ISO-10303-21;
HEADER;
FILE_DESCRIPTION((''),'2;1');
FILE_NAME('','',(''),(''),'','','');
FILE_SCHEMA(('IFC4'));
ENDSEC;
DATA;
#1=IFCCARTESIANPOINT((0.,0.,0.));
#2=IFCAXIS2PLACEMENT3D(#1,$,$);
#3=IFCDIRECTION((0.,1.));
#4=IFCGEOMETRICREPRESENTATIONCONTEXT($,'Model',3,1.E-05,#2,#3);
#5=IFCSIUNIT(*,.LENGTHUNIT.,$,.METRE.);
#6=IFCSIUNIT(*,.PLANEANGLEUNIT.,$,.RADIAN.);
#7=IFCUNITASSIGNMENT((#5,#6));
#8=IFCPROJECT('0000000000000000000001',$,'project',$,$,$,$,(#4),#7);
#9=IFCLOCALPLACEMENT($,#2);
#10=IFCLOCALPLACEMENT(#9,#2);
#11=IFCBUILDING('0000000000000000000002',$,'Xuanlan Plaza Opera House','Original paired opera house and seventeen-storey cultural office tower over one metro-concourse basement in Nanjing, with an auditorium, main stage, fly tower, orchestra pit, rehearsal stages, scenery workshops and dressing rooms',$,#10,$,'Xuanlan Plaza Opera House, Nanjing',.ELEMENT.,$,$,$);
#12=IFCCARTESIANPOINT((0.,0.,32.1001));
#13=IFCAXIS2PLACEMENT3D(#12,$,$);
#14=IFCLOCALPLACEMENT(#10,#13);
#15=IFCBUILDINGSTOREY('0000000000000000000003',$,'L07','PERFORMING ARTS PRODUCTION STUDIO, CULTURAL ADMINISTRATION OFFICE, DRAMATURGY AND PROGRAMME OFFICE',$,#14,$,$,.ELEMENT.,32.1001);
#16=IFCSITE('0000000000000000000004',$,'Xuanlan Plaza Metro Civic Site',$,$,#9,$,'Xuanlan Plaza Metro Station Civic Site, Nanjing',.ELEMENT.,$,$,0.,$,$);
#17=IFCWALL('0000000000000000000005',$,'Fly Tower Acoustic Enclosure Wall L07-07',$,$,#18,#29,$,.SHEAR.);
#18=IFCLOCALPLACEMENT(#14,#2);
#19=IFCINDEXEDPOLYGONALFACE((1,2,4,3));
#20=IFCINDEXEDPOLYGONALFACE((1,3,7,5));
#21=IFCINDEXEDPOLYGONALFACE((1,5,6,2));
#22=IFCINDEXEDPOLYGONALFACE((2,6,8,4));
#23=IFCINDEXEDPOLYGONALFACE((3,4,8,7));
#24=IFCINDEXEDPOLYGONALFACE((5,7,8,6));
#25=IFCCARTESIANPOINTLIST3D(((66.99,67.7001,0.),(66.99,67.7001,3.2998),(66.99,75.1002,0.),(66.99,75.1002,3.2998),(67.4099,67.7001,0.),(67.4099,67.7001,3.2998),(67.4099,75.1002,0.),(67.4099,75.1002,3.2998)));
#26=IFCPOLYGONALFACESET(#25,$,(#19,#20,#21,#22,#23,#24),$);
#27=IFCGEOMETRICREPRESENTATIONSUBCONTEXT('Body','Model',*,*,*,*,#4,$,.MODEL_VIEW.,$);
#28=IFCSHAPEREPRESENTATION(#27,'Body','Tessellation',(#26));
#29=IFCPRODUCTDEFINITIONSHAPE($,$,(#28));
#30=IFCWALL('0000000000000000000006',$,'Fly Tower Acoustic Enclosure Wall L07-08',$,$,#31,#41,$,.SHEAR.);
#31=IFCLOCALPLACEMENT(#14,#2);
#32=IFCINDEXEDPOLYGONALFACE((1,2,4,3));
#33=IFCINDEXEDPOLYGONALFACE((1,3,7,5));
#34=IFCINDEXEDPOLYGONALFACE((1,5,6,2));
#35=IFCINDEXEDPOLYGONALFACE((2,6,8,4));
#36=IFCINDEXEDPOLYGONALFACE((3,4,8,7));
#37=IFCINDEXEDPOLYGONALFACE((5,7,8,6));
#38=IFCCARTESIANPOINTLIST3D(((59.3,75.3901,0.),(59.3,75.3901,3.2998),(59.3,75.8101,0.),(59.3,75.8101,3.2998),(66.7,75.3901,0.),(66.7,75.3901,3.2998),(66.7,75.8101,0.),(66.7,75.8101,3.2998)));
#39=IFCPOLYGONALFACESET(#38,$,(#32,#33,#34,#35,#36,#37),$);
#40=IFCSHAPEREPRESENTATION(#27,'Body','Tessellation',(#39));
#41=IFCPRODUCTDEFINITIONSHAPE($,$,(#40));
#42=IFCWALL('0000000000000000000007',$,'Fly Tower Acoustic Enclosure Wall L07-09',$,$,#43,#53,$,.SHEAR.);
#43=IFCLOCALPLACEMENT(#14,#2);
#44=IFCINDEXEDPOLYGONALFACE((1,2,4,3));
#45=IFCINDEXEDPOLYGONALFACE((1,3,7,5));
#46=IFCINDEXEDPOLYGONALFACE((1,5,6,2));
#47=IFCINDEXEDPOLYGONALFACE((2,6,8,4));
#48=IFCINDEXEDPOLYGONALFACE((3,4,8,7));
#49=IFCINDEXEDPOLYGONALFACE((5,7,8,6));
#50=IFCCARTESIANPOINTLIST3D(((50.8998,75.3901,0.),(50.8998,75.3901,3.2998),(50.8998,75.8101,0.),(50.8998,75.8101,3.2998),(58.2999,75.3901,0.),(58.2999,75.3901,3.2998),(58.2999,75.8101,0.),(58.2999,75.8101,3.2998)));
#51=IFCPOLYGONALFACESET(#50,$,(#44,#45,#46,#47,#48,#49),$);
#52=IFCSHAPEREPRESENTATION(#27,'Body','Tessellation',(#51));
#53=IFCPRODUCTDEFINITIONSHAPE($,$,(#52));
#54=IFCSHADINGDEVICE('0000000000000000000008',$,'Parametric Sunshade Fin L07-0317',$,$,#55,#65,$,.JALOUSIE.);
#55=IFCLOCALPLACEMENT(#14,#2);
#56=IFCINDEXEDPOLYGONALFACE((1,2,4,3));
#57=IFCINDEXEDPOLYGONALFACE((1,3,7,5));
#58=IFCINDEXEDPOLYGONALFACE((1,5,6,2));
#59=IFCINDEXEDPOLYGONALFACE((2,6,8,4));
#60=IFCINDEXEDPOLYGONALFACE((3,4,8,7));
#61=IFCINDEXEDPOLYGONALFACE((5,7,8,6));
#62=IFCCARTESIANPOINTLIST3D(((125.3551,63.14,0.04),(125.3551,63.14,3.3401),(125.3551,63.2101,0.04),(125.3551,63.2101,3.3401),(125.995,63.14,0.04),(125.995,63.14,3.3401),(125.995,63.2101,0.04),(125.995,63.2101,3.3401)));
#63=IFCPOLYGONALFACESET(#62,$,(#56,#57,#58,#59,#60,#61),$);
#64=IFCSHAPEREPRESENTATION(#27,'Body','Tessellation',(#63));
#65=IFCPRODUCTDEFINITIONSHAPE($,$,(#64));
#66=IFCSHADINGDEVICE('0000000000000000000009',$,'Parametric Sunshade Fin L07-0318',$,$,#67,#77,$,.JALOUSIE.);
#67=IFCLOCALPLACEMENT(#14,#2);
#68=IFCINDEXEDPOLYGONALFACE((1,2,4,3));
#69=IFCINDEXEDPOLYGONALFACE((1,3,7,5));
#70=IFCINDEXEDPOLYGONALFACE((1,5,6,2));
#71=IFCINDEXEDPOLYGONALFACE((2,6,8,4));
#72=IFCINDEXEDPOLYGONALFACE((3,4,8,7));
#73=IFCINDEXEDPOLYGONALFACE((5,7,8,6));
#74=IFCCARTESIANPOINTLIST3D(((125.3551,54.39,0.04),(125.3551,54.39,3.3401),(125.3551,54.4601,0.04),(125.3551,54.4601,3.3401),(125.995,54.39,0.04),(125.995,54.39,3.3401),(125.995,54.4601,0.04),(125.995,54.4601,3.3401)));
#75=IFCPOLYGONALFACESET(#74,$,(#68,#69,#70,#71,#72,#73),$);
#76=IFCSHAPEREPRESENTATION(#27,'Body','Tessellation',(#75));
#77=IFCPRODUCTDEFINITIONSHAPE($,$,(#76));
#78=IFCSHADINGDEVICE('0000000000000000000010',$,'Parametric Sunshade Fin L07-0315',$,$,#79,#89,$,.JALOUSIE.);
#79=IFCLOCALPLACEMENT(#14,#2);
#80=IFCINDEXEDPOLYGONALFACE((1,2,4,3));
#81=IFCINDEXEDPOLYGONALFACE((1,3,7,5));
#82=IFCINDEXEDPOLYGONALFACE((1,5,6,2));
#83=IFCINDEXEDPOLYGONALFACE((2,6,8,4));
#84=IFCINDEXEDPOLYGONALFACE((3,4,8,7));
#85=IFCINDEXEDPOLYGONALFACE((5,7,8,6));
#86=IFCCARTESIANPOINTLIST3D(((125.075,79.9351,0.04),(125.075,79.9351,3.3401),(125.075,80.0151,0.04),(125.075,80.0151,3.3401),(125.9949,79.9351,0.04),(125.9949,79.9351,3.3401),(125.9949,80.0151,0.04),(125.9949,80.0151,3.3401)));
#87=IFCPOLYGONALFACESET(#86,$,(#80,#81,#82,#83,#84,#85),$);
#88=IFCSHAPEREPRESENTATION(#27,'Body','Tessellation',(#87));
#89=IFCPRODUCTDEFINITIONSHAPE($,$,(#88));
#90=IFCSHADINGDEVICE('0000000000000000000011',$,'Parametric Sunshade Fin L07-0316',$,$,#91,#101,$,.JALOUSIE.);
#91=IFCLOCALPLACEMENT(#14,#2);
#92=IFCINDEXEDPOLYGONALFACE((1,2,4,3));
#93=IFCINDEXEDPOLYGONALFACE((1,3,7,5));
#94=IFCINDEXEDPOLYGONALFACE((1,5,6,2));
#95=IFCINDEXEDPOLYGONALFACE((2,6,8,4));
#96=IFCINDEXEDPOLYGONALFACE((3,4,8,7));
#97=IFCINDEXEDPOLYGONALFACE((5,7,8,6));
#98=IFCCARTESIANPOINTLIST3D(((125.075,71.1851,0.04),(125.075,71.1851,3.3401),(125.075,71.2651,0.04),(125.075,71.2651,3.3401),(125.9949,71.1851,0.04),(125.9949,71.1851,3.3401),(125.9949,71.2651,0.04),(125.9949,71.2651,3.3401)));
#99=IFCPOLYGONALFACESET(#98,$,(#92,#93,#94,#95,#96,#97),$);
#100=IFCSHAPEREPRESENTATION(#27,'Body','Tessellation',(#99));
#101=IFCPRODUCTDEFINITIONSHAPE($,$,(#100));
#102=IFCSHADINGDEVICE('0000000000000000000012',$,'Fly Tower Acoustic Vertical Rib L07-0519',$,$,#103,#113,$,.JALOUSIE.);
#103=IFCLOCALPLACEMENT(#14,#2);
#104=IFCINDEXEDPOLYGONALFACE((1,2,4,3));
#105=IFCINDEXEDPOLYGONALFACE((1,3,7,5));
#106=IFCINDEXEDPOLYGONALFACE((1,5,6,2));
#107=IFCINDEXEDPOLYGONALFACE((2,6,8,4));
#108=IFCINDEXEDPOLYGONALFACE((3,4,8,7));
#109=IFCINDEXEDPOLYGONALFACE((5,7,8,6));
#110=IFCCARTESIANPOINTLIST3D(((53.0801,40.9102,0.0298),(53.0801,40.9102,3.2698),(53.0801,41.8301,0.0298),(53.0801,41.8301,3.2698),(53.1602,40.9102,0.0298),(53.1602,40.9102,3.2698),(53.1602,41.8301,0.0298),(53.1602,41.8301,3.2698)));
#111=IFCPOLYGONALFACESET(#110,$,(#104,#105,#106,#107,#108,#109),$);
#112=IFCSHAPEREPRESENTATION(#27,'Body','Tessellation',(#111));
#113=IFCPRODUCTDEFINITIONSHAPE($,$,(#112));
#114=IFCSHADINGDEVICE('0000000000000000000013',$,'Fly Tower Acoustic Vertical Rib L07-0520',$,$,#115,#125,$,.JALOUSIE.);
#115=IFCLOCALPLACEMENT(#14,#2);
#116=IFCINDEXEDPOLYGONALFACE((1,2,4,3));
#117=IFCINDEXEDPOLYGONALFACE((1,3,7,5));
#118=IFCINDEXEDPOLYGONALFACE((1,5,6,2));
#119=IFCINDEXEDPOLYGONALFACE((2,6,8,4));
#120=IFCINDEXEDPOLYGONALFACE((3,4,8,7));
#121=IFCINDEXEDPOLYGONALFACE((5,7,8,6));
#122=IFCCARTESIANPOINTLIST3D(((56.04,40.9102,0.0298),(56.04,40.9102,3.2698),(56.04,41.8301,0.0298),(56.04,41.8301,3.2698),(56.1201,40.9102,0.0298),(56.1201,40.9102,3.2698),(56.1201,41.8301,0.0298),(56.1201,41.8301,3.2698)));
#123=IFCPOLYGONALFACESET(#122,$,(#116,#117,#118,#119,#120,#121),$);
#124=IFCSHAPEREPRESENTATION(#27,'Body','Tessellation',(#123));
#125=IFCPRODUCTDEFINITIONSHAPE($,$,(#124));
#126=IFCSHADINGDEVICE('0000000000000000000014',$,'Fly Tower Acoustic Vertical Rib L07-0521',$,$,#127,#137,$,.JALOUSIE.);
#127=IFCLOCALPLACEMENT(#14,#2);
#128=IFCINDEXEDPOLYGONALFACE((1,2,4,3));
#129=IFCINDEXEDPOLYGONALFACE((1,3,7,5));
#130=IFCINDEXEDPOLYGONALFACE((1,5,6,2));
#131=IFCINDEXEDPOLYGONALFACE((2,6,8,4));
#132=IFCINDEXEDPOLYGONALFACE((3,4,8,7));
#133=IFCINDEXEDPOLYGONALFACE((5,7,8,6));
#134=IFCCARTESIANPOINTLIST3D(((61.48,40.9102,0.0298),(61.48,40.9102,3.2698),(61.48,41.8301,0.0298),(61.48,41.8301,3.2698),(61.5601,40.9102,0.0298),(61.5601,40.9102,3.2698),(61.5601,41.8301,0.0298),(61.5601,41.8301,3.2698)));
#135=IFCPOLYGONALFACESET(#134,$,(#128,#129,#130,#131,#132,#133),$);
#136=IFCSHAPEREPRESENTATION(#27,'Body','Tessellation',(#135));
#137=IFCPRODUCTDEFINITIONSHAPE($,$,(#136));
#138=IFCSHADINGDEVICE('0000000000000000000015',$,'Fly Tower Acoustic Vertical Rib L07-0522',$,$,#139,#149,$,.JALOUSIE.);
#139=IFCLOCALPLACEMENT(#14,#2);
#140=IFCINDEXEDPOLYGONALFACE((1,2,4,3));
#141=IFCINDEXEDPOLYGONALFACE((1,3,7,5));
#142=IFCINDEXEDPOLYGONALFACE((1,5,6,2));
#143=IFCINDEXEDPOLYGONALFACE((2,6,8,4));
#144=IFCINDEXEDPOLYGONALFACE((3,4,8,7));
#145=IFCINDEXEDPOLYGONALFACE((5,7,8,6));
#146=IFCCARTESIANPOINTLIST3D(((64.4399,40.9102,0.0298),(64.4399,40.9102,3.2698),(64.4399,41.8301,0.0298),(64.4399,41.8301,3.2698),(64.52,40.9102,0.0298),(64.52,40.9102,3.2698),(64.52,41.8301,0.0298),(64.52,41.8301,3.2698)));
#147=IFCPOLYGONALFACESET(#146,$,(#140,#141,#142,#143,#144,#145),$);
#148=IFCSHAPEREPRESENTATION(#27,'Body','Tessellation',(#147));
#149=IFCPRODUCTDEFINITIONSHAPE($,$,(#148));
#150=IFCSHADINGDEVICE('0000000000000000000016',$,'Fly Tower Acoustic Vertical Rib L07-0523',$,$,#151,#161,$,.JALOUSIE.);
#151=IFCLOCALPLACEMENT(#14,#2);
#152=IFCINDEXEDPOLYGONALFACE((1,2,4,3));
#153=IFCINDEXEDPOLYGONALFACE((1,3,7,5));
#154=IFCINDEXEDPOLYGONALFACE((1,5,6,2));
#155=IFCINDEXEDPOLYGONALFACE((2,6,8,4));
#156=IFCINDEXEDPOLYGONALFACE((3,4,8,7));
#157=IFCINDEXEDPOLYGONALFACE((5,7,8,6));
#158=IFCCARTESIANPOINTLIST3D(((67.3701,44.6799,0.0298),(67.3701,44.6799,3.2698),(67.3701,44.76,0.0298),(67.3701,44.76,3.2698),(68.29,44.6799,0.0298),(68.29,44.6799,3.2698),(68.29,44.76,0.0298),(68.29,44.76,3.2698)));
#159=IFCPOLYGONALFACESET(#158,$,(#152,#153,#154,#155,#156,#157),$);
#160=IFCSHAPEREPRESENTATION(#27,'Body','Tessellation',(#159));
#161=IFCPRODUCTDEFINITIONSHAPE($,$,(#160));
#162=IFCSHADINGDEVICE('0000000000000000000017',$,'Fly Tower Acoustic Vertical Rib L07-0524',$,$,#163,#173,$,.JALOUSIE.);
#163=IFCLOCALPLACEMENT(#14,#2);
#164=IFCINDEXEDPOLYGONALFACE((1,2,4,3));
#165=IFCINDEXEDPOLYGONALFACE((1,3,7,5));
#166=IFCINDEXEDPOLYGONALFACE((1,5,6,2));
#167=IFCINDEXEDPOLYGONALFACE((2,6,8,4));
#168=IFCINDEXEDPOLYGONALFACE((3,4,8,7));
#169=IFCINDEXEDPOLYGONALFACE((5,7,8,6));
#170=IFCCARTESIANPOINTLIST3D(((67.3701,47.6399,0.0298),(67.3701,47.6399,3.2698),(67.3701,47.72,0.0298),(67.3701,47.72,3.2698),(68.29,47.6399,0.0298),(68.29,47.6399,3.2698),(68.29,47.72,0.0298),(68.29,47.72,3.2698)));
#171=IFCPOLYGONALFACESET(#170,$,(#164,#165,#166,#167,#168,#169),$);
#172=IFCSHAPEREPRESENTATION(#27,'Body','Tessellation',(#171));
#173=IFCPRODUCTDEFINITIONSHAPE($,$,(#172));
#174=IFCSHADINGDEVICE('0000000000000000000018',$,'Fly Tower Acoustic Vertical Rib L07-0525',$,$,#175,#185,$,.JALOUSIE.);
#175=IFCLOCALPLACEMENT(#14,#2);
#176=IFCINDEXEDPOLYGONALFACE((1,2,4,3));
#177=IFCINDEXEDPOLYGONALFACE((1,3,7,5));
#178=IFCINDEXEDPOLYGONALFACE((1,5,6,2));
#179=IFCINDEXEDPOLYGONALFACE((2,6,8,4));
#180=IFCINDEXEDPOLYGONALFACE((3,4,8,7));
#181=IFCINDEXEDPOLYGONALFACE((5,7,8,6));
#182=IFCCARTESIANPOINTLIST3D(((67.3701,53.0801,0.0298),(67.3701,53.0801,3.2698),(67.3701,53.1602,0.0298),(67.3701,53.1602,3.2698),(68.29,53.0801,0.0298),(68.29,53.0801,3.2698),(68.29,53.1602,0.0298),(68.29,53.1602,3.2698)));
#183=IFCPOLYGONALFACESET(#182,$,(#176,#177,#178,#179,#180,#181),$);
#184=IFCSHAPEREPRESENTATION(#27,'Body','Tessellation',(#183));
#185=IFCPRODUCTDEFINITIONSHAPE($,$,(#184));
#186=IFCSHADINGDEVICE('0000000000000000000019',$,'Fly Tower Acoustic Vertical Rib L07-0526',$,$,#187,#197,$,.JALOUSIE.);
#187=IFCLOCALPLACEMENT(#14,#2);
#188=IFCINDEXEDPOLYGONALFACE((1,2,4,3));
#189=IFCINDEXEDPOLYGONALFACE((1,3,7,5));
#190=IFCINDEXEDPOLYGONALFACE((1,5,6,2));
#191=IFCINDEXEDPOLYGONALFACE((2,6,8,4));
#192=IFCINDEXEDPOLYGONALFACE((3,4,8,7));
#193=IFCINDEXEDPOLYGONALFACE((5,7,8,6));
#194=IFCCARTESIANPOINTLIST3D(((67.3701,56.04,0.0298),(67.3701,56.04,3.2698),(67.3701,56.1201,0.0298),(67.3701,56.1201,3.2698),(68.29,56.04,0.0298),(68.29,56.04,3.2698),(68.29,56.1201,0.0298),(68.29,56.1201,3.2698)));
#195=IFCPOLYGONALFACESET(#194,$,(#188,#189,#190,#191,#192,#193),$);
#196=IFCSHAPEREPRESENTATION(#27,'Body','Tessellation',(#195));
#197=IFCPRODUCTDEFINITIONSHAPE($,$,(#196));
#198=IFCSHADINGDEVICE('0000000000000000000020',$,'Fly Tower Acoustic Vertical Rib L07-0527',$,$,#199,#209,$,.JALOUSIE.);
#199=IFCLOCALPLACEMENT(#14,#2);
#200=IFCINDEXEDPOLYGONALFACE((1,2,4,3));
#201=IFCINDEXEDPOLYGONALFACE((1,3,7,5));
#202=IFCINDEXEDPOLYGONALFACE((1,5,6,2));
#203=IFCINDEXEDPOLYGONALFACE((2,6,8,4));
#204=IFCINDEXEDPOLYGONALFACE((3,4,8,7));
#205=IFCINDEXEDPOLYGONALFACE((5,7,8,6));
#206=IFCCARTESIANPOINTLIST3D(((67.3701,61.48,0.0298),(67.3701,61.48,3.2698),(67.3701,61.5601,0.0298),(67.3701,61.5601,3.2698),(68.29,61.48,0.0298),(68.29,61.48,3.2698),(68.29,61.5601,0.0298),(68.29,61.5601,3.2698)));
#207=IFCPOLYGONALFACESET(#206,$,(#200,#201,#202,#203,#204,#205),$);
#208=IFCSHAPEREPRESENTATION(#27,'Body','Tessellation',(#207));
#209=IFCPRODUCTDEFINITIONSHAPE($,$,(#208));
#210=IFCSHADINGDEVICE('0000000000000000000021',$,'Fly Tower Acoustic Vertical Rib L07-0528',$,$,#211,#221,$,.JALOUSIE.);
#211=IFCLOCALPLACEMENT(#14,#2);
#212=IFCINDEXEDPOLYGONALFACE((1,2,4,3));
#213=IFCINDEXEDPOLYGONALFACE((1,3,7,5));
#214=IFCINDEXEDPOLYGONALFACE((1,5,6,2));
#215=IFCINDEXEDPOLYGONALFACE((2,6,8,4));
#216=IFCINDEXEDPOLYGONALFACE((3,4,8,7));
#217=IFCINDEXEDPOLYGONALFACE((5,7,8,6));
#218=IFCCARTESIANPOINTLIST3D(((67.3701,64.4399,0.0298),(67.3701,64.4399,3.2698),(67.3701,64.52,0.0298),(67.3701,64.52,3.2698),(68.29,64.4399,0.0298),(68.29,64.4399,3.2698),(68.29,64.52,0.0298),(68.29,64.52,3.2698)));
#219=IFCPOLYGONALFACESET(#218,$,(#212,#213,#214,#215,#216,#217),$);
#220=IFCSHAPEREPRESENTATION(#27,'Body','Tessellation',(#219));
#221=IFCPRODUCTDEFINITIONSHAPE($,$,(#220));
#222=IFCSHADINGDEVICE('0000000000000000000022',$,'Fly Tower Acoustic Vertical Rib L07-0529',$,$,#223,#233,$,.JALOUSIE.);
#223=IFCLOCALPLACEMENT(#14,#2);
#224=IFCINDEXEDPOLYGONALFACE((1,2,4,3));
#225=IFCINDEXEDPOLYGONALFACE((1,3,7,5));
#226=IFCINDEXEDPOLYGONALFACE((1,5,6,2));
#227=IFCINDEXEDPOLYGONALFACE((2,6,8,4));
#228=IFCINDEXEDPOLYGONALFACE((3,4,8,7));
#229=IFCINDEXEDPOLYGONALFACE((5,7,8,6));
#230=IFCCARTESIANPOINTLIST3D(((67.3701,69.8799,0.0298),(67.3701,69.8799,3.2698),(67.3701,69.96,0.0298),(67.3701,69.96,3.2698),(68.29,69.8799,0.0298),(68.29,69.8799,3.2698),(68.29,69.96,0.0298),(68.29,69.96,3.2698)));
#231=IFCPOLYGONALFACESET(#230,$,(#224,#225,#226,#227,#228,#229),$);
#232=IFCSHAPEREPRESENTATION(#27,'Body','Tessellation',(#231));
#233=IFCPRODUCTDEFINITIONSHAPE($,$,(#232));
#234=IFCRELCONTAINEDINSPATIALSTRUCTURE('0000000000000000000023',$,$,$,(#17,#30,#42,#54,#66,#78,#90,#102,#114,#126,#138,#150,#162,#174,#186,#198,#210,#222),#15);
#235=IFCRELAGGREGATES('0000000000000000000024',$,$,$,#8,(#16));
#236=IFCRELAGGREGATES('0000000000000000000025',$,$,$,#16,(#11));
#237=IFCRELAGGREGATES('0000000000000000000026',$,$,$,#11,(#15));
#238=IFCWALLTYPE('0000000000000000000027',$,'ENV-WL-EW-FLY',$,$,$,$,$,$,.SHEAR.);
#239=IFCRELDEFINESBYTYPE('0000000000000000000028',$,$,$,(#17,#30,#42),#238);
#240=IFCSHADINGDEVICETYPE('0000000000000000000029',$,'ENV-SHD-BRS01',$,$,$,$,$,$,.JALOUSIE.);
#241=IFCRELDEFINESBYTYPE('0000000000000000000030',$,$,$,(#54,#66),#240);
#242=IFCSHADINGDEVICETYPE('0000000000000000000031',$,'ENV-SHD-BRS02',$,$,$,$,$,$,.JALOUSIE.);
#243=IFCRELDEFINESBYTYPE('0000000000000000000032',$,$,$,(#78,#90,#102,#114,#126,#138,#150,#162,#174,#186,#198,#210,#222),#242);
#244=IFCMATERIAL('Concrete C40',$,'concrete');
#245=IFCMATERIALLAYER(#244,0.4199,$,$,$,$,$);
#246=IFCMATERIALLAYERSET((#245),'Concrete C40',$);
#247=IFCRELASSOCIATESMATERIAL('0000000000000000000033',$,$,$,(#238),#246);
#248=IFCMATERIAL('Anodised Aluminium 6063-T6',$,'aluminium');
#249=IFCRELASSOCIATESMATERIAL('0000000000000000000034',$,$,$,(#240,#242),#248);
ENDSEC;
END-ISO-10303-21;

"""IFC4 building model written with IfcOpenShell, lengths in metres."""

from ifc_helpers import new_model, si_unit, direction, frame, frame_2d, origin, origin_2d, place, context, subcontext, project, spatial, rectangle, extrude, material, layer, layer_set, type_object, element, save


model = new_model("IFC4")

# Units and contexts
model_context = context("Model", 3, precision=1e-05, world=origin(), true_north=direction((0.0, 1.0)))
body_context = subcontext(model_context, "Body", "Model", "MODEL_VIEW")
ifc_project = project(units=[si_unit("LENGTHUNIT", "METRE"), si_unit("PLANEANGLEUNIT", "RADIAN")], contexts=[model_context])

# Site, building, storey
site_placement = place(None, origin())
site = spatial("IfcSite", under=ifc_project, at=site_placement, Name="Xuanlan Plaza Metro Civic Site", LongName="Xuanlan Plaza Metro Station Civic Site, Nanjing", CompositionType="ELEMENT", RefElevation=0.0)
building_placement = place(site_placement, origin())
building = spatial("IfcBuilding", under=site, at=building_placement, Name="Xuanlan Plaza Opera House", Description="Original paired opera house and seventeen-storey cultural office tower over one metro-concourse basement in Nanjing, with an auditorium, main stage, fly tower, orchestra pit, rehearsal stages, scenery workshops and dressing rooms", LongName="Xuanlan Plaza Opera House, Nanjing", CompositionType="ELEMENT")
storey_placement = place(building_placement, frame((0.0, 0.0, 32.1001)))
storey = spatial("IfcBuildingStorey", under=building, at=storey_placement, Name="L07", Description="PERFORMING ARTS PRODUCTION STUDIO, CULTURAL ADMINISTRATION OFFICE, DRAMATURGY AND PROGRAMME OFFICE", CompositionType="ELEMENT", Elevation=32.1001)

# Shared definitions
ifc_material_1 = material(Name="Concrete C40", Category="concrete")

# Walls
ifc_layer = layer(ifc_material_1, 0.4199)
ifc_layer_set = layer_set([ifc_layer], Name="Concrete C40")
wall_type = type_object("IfcWallType", Name="ENV-WL-EW-FLY", PredefinedType="SHEAR", material=ifc_layer_set)
wall_1_placement = place(storey_placement, frame((67.2, 67.7, 0.0), z_axis=(0.0, 0.0, 1.0), x_axis=(0.0, 1.0, 0.0)))
element("IfcWall", 1, at=wall_1_placement, inside=storey, type_object=wall_type, Name="Fly Tower Acoustic Enclosure Wall L07-07", PredefinedType="SHEAR", context=body_context, shape_type="SweptSolid", body=[
    extrude(rectangle(XDim=7.4001, YDim=0.4199, at=frame_2d((3.7002, 0.0))), origin(), (0.0, 0.0, 1.0), 3.2998),
])
wall_2_placement = place(storey_placement, frame((66.7, 75.6001, 0.0), z_axis=(0.0, 0.0, 1.0), x_axis=(-1.0, 0.0, 0.0)))
element("IfcWall", 2, at=wall_2_placement, inside=storey, type_object=wall_type, Name="Fly Tower Acoustic Enclosure Wall L07-08", PredefinedType="SHEAR", context=body_context, shape_type="SweptSolid", body=[
    extrude(rectangle(XDim=7.3999, YDim=0.4199, at=frame_2d((3.7, 0.0))), origin(), (0.0, 0.0, 1.0), 3.2998),
])
wall_3_placement = place(storey_placement, frame((58.3, 75.6001, 0.0), z_axis=(0.0, 0.0, 1.0), x_axis=(-1.0, 0.0, 0.0)))
element("IfcWall", 3, at=wall_3_placement, inside=storey, type_object=wall_type, Name="Fly Tower Acoustic Enclosure Wall L07-09", PredefinedType="SHEAR", context=body_context, shape_type="SweptSolid", body=[
    extrude(rectangle(XDim=7.4001, YDim=0.4199, at=frame_2d((3.7002, 0.0))), origin(), (0.0, 0.0, 1.0), 3.2998),
])

# Shading devices
ifc_material_2 = material(Name="Anodised Aluminium 6063-T6", Category="aluminium")
shading_device_type_1 = type_object("IfcShadingDeviceType", Name="ENV-SHD-BRS01", PredefinedType="JALOUSIE", material=ifc_material_2)
for number, where, z_axis, x_axis, name in (
    (4, (125.675, 63.175, 0.04), (0.0, 0.0, 1.0), (-1.0, 0.0, 0.0), "Parametric Sunshade Fin L07-0317"),
    (5, (125.675, 54.425, 0.04), (0.0, 0.0, 1.0), (-1.0, 0.0, 0.0), "Parametric Sunshade Fin L07-0318"),
):
    element("IfcShadingDevice", number, at=place(storey_placement, frame(where, z_axis=z_axis, x_axis=x_axis)), inside=storey, type_object=shading_device_type_1, Name=name, PredefinedType="JALOUSIE", context=body_context, shape_type="SweptSolid", body=[
        extrude(rectangle(XDim=0.6399, YDim=0.0701, at=origin_2d()), origin(), (0.0, 0.0, 1.0), 3.3),
    ])
shading_device_type_2 = type_object("IfcShadingDeviceType", Name="ENV-SHD-BRS02", PredefinedType="JALOUSIE", material=ifc_material_2)
for number, where, z_axis, x_axis, name in (
    (6, (125.5349, 79.9751, 0.04), (0.0, 0.0, 1.0), (-1.0, 0.0, 0.0), "Parametric Sunshade Fin L07-0315"),
    (7, (125.5349, 71.2251, 0.04), (0.0, 0.0, 1.0), (-1.0, 0.0, 0.0), "Parametric Sunshade Fin L07-0316"),
):
    element("IfcShadingDevice", number, at=place(storey_placement, frame(where, z_axis=z_axis, x_axis=x_axis)), inside=storey, type_object=shading_device_type_2, Name=name, PredefinedType="JALOUSIE", context=body_context, shape_type="SweptSolid", body=[
        extrude(rectangle(XDim=0.9199, YDim=0.0801, at=origin_2d()), origin(), (0.0, 0.0, 1.0), 3.3),
    ])
for number, where, z_axis, x_axis, name in (
    (8, (53.1201, 41.3701, 0.0298), (0.0, 0.0, 1.0), (0.0, -1.0, 0.0), "Fly Tower Acoustic Vertical Rib L07-0519"),
    (9, (56.0801, 41.3701, 0.0298), (0.0, 0.0, 1.0), (0.0, -1.0, 0.0), "Fly Tower Acoustic Vertical Rib L07-0520"),
    (10, (61.52, 41.3701, 0.0298), (0.0, 0.0, 1.0), (0.0, -1.0, 0.0), "Fly Tower Acoustic Vertical Rib L07-0521"),
    (11, (64.48, 41.3701, 0.0298), (0.0, 0.0, 1.0), (0.0, -1.0, 0.0), "Fly Tower Acoustic Vertical Rib L07-0522"),
    (12, (67.8301, 44.72, 0.0298), (0.0, 0.0, 1.0), (1.0, 0.0, 0.0), "Fly Tower Acoustic Vertical Rib L07-0523"),
    (13, (67.8301, 47.6799, 0.0298), (0.0, 0.0, 1.0), (1.0, 0.0, 0.0), "Fly Tower Acoustic Vertical Rib L07-0524"),
    (14, (67.8301, 53.1201, 0.0298), (0.0, 0.0, 1.0), (1.0, 0.0, 0.0), "Fly Tower Acoustic Vertical Rib L07-0525"),
    (15, (67.8301, 56.0801, 0.0298), (0.0, 0.0, 1.0), (1.0, 0.0, 0.0), "Fly Tower Acoustic Vertical Rib L07-0526"),
    (16, (67.8301, 61.52, 0.0298), (0.0, 0.0, 1.0), (1.0, 0.0, 0.0), "Fly Tower Acoustic Vertical Rib L07-0527"),
    (17, (67.8301, 64.48, 0.0298), (0.0, 0.0, 1.0), (1.0, 0.0, 0.0), "Fly Tower Acoustic Vertical Rib L07-0528"),
    (18, (67.8301, 69.9199, 0.0298), (0.0, 0.0, 1.0), (1.0, 0.0, 0.0), "Fly Tower Acoustic Vertical Rib L07-0529"),
):
    element("IfcShadingDevice", number, at=place(storey_placement, frame(where, z_axis=z_axis, x_axis=x_axis)), inside=storey, type_object=shading_device_type_2, Name=name, PredefinedType="JALOUSIE", context=body_context, shape_type="SweptSolid", body=[
        extrude(rectangle(XDim=0.9199, YDim=0.0801, at=origin_2d()), origin(), (0.0, 0.0, 1.0), 3.24),
    ])

save(model, "model.ifc")
